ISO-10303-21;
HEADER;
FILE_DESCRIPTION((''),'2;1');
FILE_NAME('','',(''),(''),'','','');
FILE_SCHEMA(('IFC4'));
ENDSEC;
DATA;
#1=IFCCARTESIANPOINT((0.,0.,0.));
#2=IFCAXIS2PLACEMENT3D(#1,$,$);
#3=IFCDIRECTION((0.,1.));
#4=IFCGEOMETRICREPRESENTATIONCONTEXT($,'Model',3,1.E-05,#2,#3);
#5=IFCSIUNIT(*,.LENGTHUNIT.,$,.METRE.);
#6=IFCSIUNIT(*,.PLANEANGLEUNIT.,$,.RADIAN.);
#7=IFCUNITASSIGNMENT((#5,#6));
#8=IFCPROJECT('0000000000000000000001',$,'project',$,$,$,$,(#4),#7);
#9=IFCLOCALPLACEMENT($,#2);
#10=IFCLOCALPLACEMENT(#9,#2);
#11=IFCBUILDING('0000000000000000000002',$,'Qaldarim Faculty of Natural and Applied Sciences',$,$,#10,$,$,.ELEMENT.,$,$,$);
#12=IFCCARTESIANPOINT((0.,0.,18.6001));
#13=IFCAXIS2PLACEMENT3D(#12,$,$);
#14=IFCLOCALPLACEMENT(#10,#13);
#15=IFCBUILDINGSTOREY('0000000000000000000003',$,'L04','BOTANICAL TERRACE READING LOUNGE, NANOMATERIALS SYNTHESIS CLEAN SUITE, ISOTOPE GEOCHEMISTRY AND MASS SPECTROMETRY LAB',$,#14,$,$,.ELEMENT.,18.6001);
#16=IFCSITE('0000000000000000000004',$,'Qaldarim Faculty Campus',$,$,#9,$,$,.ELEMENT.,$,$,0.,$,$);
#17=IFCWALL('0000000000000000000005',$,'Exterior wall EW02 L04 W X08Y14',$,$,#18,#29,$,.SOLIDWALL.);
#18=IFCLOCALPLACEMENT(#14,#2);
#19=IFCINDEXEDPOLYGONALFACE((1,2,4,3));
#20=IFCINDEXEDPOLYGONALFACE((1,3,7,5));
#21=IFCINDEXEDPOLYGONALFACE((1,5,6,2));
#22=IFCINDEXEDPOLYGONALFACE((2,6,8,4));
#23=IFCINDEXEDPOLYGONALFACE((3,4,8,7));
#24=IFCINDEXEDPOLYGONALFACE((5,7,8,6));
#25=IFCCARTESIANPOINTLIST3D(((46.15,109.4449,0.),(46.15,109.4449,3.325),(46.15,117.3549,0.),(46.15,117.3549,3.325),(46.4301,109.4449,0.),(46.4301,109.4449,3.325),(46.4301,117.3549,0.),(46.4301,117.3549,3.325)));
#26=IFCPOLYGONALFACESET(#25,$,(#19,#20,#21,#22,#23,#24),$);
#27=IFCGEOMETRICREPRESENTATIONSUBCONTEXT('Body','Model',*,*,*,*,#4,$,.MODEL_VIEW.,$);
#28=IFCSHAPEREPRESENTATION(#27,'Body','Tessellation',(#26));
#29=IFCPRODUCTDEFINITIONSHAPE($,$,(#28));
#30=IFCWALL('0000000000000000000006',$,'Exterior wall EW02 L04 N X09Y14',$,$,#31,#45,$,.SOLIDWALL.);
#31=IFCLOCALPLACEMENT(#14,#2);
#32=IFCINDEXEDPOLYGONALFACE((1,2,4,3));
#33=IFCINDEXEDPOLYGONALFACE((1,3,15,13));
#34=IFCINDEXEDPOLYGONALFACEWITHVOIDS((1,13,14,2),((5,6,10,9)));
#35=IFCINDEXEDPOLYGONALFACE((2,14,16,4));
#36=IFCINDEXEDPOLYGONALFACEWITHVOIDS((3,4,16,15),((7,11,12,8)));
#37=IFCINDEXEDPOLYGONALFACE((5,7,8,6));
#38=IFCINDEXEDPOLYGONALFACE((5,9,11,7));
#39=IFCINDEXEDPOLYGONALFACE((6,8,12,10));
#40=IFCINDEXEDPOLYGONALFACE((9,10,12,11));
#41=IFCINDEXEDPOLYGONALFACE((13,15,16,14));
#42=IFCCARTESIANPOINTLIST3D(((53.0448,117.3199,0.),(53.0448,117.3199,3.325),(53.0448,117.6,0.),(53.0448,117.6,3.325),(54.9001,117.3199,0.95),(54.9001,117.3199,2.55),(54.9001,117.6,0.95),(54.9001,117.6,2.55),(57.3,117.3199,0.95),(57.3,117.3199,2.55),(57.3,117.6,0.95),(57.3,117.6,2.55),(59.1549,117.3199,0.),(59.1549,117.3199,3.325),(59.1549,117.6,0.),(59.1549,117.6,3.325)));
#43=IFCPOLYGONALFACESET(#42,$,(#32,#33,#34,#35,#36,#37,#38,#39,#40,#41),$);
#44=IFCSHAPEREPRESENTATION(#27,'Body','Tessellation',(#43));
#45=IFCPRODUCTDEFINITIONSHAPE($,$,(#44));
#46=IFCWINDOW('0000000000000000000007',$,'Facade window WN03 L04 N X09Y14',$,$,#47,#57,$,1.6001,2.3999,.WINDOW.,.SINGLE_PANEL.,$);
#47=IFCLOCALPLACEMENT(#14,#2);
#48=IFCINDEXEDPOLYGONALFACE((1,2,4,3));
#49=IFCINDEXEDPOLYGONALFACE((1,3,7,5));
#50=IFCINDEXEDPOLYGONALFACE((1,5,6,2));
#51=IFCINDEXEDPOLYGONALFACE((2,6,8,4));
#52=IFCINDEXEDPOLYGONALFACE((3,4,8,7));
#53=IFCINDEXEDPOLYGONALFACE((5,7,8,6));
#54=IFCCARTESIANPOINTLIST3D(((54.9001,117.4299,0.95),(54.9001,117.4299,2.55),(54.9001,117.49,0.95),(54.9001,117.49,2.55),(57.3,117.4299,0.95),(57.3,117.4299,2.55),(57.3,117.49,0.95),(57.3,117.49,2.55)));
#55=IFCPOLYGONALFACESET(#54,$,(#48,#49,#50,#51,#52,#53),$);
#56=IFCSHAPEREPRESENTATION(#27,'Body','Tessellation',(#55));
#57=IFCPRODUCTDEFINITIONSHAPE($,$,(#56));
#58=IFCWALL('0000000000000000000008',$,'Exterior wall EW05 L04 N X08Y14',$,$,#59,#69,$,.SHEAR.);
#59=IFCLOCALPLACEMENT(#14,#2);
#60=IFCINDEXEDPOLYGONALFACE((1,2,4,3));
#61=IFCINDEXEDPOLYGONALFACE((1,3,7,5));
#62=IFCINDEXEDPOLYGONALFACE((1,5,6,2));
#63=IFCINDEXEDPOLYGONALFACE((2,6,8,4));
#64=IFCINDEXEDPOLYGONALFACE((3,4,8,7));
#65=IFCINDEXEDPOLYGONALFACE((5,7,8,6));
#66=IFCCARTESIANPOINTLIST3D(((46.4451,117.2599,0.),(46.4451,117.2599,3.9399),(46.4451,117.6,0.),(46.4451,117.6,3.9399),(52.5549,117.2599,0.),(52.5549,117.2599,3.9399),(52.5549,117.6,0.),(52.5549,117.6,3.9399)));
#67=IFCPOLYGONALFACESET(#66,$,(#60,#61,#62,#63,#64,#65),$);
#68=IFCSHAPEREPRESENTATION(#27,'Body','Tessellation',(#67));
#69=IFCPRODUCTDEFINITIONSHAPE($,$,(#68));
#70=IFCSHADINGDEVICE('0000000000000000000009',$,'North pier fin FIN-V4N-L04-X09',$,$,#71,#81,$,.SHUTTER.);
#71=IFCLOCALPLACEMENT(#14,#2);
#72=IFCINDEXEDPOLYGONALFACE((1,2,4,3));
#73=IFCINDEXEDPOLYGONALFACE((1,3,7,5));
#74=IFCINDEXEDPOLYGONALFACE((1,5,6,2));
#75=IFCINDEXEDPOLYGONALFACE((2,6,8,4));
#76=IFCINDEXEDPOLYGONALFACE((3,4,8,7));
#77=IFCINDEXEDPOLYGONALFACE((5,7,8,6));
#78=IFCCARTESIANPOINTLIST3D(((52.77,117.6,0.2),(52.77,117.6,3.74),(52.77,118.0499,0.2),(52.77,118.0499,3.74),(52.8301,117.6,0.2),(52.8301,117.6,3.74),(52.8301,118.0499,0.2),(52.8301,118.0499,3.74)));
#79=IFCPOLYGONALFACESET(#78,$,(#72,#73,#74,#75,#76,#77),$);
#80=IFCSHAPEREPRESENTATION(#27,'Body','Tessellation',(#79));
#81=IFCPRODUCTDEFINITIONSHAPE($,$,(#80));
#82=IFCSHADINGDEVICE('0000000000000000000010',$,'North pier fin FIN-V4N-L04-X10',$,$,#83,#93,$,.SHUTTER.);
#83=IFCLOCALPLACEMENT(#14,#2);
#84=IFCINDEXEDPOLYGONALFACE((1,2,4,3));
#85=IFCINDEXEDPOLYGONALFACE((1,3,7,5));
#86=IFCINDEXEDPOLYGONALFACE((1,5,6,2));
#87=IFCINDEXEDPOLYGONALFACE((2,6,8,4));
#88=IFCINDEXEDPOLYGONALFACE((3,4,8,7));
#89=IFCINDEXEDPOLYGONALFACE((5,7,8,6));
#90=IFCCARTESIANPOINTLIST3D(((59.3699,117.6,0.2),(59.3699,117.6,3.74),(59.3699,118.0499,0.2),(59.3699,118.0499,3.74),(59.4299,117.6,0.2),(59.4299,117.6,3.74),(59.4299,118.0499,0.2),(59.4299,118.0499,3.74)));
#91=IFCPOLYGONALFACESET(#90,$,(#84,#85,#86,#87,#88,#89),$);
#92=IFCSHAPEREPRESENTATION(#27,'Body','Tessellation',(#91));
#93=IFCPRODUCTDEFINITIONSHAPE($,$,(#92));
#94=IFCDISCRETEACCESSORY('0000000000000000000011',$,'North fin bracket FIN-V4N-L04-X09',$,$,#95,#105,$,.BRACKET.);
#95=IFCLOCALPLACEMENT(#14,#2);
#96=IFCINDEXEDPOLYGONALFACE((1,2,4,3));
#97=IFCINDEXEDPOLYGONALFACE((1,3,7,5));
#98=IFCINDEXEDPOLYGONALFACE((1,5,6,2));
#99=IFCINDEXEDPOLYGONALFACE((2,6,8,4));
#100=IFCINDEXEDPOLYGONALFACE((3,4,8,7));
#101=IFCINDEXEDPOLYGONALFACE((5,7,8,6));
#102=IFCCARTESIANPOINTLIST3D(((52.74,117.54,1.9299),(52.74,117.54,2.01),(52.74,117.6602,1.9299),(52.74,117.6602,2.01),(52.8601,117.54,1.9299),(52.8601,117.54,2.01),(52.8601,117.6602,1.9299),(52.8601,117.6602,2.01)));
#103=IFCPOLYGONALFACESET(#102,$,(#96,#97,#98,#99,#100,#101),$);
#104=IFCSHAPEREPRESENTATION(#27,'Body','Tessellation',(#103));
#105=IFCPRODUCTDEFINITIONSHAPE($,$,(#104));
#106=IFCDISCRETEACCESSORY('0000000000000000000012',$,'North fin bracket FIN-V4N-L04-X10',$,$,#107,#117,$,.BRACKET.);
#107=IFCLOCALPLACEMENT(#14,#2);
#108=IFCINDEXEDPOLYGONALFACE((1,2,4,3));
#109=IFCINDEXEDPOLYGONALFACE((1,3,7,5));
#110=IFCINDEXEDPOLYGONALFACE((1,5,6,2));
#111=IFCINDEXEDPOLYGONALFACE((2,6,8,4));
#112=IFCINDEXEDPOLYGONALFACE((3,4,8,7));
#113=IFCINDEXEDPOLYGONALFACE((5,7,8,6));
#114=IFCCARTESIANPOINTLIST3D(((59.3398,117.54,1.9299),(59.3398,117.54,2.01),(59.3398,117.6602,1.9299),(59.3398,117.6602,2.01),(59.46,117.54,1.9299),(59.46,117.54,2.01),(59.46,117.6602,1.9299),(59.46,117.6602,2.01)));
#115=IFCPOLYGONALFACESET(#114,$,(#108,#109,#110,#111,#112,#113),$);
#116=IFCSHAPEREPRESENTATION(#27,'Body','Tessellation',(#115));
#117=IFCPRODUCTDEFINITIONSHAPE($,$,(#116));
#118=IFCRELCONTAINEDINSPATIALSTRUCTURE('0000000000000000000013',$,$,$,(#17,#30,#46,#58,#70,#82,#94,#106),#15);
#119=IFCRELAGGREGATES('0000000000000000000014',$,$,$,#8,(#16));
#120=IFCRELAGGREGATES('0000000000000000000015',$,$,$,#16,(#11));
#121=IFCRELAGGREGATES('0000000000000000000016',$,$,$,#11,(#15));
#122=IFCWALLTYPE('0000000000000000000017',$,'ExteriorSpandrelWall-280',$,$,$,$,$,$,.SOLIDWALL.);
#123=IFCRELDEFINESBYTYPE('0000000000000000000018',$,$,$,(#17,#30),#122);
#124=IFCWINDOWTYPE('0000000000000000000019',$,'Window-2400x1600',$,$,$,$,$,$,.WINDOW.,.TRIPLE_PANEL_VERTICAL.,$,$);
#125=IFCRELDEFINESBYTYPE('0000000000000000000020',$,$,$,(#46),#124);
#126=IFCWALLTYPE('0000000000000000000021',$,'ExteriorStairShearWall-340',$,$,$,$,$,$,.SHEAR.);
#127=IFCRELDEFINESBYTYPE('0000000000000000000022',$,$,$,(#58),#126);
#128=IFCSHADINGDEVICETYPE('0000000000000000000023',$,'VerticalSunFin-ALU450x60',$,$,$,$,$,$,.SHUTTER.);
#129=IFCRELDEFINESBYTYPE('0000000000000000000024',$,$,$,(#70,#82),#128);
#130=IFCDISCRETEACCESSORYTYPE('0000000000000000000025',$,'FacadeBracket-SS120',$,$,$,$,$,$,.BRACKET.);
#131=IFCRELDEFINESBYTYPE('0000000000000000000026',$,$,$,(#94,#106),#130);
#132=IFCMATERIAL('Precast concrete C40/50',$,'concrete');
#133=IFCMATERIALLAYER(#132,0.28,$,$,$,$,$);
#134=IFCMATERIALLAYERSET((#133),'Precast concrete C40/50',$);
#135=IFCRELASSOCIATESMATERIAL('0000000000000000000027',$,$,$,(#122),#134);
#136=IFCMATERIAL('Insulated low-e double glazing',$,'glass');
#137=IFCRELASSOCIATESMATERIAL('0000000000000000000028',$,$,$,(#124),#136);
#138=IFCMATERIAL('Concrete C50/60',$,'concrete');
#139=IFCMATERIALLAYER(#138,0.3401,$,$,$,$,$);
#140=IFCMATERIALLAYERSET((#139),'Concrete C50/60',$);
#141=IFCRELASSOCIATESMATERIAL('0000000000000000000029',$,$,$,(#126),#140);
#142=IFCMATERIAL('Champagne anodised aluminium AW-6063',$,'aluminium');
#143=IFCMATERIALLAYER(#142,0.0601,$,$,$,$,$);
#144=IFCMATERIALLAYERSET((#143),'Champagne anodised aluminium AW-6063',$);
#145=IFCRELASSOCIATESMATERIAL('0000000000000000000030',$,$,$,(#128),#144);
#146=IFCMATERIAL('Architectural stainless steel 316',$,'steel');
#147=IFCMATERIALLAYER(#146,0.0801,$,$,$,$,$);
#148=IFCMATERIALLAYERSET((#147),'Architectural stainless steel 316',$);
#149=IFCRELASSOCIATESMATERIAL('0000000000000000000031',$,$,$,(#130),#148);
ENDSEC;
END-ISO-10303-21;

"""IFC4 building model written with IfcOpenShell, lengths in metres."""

from ifc_helpers import new_model, si_unit, direction, frame, frame_2d, origin, origin_2d, place, context, subcontext, project, spatial, rectangle, extrude, material, layer, layer_set, type_object, element, fill, save


model = new_model("IFC4")

# Units and contexts
model_context = context("Model", 3, precision=1e-05, world=origin(), true_north=direction((0.0, 1.0)))
body_context = subcontext(model_context, "Body", "Model", "MODEL_VIEW")
ifc_project = project(units=[si_unit("LENGTHUNIT", "METRE"), si_unit("PLANEANGLEUNIT", "RADIAN")], contexts=[model_context])

# Site, building, storey
site_placement = place(None, origin())
site = spatial("IfcSite", under=ifc_project, at=site_placement, Name="Qaldarim Faculty Campus", CompositionType="ELEMENT", RefElevation=0.0)
building_placement = place(site_placement, origin())
building = spatial("IfcBuilding", under=site, at=building_placement, Name="Qaldarim Faculty of Natural and Applied Sciences", CompositionType="ELEMENT")
storey_placement = place(building_placement, frame((0.0, 0.0, 18.6001)))
storey = spatial("IfcBuildingStorey", under=building, at=storey_placement, Name="L04", Description="BOTANICAL TERRACE READING LOUNGE, NANOMATERIALS SYNTHESIS CLEAN SUITE, ISOTOPE GEOCHEMISTRY AND MASS SPECTROMETRY LAB", CompositionType="ELEMENT", Elevation=18.6001)

# Shared definitions
ifc_material_1 = material(Name="Concrete C50/60", Category="concrete")

# Shared definitions
ifc_material_2 = material(Name="Precast concrete C40/50", Category="concrete")

# Shared definitions
ifc_material_3 = material(Name="Architectural stainless steel 316", Category="steel")

# Wall
ifc_layer_1 = layer(ifc_material_2, 0.28)
ifc_layer_set_1 = layer_set([ifc_layer_1], Name="Precast concrete C40/50")
wall_type_1 = type_object("IfcWallType", Name="ExteriorSpandrelWall-280", PredefinedType="SOLIDWALL", material=ifc_layer_set_1)
wall_1_placement = place(storey_placement, frame((46.29, 117.355, 0.0), z_axis=(0.0, 0.0, 1.0), x_axis=(0.0, -1.0, 0.0)))
element("IfcWall", 1, at=wall_1_placement, inside=storey, type_object=wall_type_1, Name="Exterior wall EW02 L04 W X08Y14", PredefinedType="SOLIDWALL", context=body_context, shape_type="SweptSolid", body=[
    extrude(rectangle(XDim=7.9099, YDim=0.28, at=frame_2d((3.9551, 0.0))), origin(), (0.0, 0.0, 1.0), 3.325),
])

# Wall, opening, window
wall_2_placement = place(storey_placement, frame((59.155, 117.46, 0.0), z_axis=(0.0, 0.0, 1.0), x_axis=(-1.0, 0.0, 0.0)))
wall_2 = element("IfcWall", 2, at=wall_2_placement, inside=storey, type_object=wall_type_1, Name="Exterior wall EW02 L04 N X09Y14", PredefinedType="SOLIDWALL", context=body_context, shape_type="SweptSolid", body=[
    extrude(rectangle(XDim=6.1101, YDim=0.28, at=frame_2d((3.0552, 0.0))), origin(), (0.0, 0.0, 1.0), 3.325),
])
opening_1_placement = place(wall_2_placement, frame((1.855, 0.0, 0.95)))
opening_1 = element("IfcOpeningElement", 3, at=opening_1_placement, cuts=wall_2, PredefinedType="OPENING", context=body_context, shape_type="SweptSolid", body=[
    extrude(rectangle(XDim=2.3999, YDim=1.6001, at=frame_2d((1.2, 0.8))), frame((0.0, 0.1499, 0.0), z_axis=(0.0, -1.0, 0.0), x_axis=(1.0, 0.0, 0.0)), (0.0, 0.0, 1.0), 0.3),
])
ifc_material_4 = material(Name="Insulated low-e double glazing", Category="glass")
window_type = type_object("IfcWindowType", Name="Window-2400x1600", PartitioningType="TRIPLE_PANEL_VERTICAL", PredefinedType="WINDOW", material=ifc_material_4)
window_placement = place(opening_1_placement, origin())
window = element("IfcWindow", 4, at=window_placement, inside=storey, type_object=window_type, Name="Facade window WN03 L04 N X09Y14", OverallHeight=1.6001, OverallWidth=2.3999, PartitioningType="SINGLE_PANEL", PredefinedType="WINDOW", context=body_context, shape_type="SweptSolid", body=[
    extrude(rectangle(XDim=2.3999, YDim=1.6001, at=frame_2d((1.2, 0.8))), frame((0.0, 0.03, 0.0), z_axis=(0.0, -1.0, 0.0), x_axis=(1.0, 0.0, 0.0)), (0.0, 0.0, 1.0), 0.0601),
])
fill(opening_1, window)

# Wall
ifc_layer_2 = layer(ifc_material_1, 0.3401)
ifc_layer_set_2 = layer_set([ifc_layer_2], Name="Concrete C50/60")
wall_type_2 = type_object("IfcWallType", Name="ExteriorStairShearWall-340", PredefinedType="SHEAR", material=ifc_layer_set_2)
wall_3_placement = place(storey_placement, frame((52.5549, 117.4299, 0.0), z_axis=(0.0, 0.0, 1.0), x_axis=(-1.0, 0.0, 0.0)))
element("IfcWall", 5, at=wall_3_placement, inside=storey, type_object=wall_type_2, Name="Exterior wall EW05 L04 N X08Y14", PredefinedType="SHEAR", context=body_context, shape_type="SweptSolid", body=[
    extrude(rectangle(XDim=6.1099, YDim=0.3401, at=frame_2d((3.0549, 0.0))), origin(), (0.0, 0.0, 1.0), 3.9399),
])

# Shading devices
ifc_material_5 = material(Name="Champagne anodised aluminium AW-6063", Category="aluminium")
ifc_layer_3 = layer(ifc_material_5, 0.0601)
ifc_layer_set_3 = layer_set([ifc_layer_3], Name="Champagne anodised aluminium AW-6063")
shading_device_type = type_object("IfcShadingDeviceType", Name="VerticalSunFin-ALU450x60", PredefinedType="SHUTTER", material=ifc_layer_set_3)
for number, where, z_axis, x_axis, name in (
    (6, (52.8, 117.825, 0.2), (0.0, 0.0, 1.0), (1.0, 0.0, 0.0), "North pier fin FIN-V4N-L04-X09"),
    (7, (59.3999, 117.825, 0.2), (0.0, 0.0, 1.0), (1.0, 0.0, 0.0), "North pier fin FIN-V4N-L04-X10"),
):
    element("IfcShadingDevice", number, at=place(storey_placement, frame(where, z_axis=z_axis, x_axis=x_axis)), inside=storey, type_object=shading_device_type, Name=name, PredefinedType="SHUTTER", context=body_context, shape_type="SweptSolid", body=[
        extrude(rectangle(XDim=0.0601, YDim=0.45, at=origin_2d()), origin(), (0.0, 0.0, 1.0), 3.54),
    ])

# Discrete accessories
ifc_layer_4 = layer(ifc_material_3, 0.0801)
ifc_layer_set_4 = layer_set([ifc_layer_4], Name="Architectural stainless steel 316")
discrete_accessory_type = type_object("IfcDiscreteAccessoryType", Name="FacadeBracket-SS120", PredefinedType="BRACKET", material=ifc_layer_set_4)
for number, where, z_axis, x_axis, name in (
    (8, (52.8, 117.6001, 1.9299), (0.0, 0.0, 1.0), (1.0, 0.0, 0.0), "North fin bracket FIN-V4N-L04-X09"),
    (9, (59.3999, 117.6001, 1.9299), (0.0, 0.0, 1.0), (1.0, 0.0, 0.0), "North fin bracket FIN-V4N-L04-X10"),
):
    element("IfcDiscreteAccessory", number, at=place(storey_placement, frame(where, z_axis=z_axis, x_axis=x_axis)), inside=storey, type_object=discrete_accessory_type, Name=name, PredefinedType="BRACKET", context=body_context, shape_type="SweptSolid", body=[
        extrude(rectangle(XDim=0.1201, YDim=0.1201, at=origin_2d()), origin(), (0.0, 0.0, 1.0), 0.0801),
    ])

save(model, "model.ifc")
